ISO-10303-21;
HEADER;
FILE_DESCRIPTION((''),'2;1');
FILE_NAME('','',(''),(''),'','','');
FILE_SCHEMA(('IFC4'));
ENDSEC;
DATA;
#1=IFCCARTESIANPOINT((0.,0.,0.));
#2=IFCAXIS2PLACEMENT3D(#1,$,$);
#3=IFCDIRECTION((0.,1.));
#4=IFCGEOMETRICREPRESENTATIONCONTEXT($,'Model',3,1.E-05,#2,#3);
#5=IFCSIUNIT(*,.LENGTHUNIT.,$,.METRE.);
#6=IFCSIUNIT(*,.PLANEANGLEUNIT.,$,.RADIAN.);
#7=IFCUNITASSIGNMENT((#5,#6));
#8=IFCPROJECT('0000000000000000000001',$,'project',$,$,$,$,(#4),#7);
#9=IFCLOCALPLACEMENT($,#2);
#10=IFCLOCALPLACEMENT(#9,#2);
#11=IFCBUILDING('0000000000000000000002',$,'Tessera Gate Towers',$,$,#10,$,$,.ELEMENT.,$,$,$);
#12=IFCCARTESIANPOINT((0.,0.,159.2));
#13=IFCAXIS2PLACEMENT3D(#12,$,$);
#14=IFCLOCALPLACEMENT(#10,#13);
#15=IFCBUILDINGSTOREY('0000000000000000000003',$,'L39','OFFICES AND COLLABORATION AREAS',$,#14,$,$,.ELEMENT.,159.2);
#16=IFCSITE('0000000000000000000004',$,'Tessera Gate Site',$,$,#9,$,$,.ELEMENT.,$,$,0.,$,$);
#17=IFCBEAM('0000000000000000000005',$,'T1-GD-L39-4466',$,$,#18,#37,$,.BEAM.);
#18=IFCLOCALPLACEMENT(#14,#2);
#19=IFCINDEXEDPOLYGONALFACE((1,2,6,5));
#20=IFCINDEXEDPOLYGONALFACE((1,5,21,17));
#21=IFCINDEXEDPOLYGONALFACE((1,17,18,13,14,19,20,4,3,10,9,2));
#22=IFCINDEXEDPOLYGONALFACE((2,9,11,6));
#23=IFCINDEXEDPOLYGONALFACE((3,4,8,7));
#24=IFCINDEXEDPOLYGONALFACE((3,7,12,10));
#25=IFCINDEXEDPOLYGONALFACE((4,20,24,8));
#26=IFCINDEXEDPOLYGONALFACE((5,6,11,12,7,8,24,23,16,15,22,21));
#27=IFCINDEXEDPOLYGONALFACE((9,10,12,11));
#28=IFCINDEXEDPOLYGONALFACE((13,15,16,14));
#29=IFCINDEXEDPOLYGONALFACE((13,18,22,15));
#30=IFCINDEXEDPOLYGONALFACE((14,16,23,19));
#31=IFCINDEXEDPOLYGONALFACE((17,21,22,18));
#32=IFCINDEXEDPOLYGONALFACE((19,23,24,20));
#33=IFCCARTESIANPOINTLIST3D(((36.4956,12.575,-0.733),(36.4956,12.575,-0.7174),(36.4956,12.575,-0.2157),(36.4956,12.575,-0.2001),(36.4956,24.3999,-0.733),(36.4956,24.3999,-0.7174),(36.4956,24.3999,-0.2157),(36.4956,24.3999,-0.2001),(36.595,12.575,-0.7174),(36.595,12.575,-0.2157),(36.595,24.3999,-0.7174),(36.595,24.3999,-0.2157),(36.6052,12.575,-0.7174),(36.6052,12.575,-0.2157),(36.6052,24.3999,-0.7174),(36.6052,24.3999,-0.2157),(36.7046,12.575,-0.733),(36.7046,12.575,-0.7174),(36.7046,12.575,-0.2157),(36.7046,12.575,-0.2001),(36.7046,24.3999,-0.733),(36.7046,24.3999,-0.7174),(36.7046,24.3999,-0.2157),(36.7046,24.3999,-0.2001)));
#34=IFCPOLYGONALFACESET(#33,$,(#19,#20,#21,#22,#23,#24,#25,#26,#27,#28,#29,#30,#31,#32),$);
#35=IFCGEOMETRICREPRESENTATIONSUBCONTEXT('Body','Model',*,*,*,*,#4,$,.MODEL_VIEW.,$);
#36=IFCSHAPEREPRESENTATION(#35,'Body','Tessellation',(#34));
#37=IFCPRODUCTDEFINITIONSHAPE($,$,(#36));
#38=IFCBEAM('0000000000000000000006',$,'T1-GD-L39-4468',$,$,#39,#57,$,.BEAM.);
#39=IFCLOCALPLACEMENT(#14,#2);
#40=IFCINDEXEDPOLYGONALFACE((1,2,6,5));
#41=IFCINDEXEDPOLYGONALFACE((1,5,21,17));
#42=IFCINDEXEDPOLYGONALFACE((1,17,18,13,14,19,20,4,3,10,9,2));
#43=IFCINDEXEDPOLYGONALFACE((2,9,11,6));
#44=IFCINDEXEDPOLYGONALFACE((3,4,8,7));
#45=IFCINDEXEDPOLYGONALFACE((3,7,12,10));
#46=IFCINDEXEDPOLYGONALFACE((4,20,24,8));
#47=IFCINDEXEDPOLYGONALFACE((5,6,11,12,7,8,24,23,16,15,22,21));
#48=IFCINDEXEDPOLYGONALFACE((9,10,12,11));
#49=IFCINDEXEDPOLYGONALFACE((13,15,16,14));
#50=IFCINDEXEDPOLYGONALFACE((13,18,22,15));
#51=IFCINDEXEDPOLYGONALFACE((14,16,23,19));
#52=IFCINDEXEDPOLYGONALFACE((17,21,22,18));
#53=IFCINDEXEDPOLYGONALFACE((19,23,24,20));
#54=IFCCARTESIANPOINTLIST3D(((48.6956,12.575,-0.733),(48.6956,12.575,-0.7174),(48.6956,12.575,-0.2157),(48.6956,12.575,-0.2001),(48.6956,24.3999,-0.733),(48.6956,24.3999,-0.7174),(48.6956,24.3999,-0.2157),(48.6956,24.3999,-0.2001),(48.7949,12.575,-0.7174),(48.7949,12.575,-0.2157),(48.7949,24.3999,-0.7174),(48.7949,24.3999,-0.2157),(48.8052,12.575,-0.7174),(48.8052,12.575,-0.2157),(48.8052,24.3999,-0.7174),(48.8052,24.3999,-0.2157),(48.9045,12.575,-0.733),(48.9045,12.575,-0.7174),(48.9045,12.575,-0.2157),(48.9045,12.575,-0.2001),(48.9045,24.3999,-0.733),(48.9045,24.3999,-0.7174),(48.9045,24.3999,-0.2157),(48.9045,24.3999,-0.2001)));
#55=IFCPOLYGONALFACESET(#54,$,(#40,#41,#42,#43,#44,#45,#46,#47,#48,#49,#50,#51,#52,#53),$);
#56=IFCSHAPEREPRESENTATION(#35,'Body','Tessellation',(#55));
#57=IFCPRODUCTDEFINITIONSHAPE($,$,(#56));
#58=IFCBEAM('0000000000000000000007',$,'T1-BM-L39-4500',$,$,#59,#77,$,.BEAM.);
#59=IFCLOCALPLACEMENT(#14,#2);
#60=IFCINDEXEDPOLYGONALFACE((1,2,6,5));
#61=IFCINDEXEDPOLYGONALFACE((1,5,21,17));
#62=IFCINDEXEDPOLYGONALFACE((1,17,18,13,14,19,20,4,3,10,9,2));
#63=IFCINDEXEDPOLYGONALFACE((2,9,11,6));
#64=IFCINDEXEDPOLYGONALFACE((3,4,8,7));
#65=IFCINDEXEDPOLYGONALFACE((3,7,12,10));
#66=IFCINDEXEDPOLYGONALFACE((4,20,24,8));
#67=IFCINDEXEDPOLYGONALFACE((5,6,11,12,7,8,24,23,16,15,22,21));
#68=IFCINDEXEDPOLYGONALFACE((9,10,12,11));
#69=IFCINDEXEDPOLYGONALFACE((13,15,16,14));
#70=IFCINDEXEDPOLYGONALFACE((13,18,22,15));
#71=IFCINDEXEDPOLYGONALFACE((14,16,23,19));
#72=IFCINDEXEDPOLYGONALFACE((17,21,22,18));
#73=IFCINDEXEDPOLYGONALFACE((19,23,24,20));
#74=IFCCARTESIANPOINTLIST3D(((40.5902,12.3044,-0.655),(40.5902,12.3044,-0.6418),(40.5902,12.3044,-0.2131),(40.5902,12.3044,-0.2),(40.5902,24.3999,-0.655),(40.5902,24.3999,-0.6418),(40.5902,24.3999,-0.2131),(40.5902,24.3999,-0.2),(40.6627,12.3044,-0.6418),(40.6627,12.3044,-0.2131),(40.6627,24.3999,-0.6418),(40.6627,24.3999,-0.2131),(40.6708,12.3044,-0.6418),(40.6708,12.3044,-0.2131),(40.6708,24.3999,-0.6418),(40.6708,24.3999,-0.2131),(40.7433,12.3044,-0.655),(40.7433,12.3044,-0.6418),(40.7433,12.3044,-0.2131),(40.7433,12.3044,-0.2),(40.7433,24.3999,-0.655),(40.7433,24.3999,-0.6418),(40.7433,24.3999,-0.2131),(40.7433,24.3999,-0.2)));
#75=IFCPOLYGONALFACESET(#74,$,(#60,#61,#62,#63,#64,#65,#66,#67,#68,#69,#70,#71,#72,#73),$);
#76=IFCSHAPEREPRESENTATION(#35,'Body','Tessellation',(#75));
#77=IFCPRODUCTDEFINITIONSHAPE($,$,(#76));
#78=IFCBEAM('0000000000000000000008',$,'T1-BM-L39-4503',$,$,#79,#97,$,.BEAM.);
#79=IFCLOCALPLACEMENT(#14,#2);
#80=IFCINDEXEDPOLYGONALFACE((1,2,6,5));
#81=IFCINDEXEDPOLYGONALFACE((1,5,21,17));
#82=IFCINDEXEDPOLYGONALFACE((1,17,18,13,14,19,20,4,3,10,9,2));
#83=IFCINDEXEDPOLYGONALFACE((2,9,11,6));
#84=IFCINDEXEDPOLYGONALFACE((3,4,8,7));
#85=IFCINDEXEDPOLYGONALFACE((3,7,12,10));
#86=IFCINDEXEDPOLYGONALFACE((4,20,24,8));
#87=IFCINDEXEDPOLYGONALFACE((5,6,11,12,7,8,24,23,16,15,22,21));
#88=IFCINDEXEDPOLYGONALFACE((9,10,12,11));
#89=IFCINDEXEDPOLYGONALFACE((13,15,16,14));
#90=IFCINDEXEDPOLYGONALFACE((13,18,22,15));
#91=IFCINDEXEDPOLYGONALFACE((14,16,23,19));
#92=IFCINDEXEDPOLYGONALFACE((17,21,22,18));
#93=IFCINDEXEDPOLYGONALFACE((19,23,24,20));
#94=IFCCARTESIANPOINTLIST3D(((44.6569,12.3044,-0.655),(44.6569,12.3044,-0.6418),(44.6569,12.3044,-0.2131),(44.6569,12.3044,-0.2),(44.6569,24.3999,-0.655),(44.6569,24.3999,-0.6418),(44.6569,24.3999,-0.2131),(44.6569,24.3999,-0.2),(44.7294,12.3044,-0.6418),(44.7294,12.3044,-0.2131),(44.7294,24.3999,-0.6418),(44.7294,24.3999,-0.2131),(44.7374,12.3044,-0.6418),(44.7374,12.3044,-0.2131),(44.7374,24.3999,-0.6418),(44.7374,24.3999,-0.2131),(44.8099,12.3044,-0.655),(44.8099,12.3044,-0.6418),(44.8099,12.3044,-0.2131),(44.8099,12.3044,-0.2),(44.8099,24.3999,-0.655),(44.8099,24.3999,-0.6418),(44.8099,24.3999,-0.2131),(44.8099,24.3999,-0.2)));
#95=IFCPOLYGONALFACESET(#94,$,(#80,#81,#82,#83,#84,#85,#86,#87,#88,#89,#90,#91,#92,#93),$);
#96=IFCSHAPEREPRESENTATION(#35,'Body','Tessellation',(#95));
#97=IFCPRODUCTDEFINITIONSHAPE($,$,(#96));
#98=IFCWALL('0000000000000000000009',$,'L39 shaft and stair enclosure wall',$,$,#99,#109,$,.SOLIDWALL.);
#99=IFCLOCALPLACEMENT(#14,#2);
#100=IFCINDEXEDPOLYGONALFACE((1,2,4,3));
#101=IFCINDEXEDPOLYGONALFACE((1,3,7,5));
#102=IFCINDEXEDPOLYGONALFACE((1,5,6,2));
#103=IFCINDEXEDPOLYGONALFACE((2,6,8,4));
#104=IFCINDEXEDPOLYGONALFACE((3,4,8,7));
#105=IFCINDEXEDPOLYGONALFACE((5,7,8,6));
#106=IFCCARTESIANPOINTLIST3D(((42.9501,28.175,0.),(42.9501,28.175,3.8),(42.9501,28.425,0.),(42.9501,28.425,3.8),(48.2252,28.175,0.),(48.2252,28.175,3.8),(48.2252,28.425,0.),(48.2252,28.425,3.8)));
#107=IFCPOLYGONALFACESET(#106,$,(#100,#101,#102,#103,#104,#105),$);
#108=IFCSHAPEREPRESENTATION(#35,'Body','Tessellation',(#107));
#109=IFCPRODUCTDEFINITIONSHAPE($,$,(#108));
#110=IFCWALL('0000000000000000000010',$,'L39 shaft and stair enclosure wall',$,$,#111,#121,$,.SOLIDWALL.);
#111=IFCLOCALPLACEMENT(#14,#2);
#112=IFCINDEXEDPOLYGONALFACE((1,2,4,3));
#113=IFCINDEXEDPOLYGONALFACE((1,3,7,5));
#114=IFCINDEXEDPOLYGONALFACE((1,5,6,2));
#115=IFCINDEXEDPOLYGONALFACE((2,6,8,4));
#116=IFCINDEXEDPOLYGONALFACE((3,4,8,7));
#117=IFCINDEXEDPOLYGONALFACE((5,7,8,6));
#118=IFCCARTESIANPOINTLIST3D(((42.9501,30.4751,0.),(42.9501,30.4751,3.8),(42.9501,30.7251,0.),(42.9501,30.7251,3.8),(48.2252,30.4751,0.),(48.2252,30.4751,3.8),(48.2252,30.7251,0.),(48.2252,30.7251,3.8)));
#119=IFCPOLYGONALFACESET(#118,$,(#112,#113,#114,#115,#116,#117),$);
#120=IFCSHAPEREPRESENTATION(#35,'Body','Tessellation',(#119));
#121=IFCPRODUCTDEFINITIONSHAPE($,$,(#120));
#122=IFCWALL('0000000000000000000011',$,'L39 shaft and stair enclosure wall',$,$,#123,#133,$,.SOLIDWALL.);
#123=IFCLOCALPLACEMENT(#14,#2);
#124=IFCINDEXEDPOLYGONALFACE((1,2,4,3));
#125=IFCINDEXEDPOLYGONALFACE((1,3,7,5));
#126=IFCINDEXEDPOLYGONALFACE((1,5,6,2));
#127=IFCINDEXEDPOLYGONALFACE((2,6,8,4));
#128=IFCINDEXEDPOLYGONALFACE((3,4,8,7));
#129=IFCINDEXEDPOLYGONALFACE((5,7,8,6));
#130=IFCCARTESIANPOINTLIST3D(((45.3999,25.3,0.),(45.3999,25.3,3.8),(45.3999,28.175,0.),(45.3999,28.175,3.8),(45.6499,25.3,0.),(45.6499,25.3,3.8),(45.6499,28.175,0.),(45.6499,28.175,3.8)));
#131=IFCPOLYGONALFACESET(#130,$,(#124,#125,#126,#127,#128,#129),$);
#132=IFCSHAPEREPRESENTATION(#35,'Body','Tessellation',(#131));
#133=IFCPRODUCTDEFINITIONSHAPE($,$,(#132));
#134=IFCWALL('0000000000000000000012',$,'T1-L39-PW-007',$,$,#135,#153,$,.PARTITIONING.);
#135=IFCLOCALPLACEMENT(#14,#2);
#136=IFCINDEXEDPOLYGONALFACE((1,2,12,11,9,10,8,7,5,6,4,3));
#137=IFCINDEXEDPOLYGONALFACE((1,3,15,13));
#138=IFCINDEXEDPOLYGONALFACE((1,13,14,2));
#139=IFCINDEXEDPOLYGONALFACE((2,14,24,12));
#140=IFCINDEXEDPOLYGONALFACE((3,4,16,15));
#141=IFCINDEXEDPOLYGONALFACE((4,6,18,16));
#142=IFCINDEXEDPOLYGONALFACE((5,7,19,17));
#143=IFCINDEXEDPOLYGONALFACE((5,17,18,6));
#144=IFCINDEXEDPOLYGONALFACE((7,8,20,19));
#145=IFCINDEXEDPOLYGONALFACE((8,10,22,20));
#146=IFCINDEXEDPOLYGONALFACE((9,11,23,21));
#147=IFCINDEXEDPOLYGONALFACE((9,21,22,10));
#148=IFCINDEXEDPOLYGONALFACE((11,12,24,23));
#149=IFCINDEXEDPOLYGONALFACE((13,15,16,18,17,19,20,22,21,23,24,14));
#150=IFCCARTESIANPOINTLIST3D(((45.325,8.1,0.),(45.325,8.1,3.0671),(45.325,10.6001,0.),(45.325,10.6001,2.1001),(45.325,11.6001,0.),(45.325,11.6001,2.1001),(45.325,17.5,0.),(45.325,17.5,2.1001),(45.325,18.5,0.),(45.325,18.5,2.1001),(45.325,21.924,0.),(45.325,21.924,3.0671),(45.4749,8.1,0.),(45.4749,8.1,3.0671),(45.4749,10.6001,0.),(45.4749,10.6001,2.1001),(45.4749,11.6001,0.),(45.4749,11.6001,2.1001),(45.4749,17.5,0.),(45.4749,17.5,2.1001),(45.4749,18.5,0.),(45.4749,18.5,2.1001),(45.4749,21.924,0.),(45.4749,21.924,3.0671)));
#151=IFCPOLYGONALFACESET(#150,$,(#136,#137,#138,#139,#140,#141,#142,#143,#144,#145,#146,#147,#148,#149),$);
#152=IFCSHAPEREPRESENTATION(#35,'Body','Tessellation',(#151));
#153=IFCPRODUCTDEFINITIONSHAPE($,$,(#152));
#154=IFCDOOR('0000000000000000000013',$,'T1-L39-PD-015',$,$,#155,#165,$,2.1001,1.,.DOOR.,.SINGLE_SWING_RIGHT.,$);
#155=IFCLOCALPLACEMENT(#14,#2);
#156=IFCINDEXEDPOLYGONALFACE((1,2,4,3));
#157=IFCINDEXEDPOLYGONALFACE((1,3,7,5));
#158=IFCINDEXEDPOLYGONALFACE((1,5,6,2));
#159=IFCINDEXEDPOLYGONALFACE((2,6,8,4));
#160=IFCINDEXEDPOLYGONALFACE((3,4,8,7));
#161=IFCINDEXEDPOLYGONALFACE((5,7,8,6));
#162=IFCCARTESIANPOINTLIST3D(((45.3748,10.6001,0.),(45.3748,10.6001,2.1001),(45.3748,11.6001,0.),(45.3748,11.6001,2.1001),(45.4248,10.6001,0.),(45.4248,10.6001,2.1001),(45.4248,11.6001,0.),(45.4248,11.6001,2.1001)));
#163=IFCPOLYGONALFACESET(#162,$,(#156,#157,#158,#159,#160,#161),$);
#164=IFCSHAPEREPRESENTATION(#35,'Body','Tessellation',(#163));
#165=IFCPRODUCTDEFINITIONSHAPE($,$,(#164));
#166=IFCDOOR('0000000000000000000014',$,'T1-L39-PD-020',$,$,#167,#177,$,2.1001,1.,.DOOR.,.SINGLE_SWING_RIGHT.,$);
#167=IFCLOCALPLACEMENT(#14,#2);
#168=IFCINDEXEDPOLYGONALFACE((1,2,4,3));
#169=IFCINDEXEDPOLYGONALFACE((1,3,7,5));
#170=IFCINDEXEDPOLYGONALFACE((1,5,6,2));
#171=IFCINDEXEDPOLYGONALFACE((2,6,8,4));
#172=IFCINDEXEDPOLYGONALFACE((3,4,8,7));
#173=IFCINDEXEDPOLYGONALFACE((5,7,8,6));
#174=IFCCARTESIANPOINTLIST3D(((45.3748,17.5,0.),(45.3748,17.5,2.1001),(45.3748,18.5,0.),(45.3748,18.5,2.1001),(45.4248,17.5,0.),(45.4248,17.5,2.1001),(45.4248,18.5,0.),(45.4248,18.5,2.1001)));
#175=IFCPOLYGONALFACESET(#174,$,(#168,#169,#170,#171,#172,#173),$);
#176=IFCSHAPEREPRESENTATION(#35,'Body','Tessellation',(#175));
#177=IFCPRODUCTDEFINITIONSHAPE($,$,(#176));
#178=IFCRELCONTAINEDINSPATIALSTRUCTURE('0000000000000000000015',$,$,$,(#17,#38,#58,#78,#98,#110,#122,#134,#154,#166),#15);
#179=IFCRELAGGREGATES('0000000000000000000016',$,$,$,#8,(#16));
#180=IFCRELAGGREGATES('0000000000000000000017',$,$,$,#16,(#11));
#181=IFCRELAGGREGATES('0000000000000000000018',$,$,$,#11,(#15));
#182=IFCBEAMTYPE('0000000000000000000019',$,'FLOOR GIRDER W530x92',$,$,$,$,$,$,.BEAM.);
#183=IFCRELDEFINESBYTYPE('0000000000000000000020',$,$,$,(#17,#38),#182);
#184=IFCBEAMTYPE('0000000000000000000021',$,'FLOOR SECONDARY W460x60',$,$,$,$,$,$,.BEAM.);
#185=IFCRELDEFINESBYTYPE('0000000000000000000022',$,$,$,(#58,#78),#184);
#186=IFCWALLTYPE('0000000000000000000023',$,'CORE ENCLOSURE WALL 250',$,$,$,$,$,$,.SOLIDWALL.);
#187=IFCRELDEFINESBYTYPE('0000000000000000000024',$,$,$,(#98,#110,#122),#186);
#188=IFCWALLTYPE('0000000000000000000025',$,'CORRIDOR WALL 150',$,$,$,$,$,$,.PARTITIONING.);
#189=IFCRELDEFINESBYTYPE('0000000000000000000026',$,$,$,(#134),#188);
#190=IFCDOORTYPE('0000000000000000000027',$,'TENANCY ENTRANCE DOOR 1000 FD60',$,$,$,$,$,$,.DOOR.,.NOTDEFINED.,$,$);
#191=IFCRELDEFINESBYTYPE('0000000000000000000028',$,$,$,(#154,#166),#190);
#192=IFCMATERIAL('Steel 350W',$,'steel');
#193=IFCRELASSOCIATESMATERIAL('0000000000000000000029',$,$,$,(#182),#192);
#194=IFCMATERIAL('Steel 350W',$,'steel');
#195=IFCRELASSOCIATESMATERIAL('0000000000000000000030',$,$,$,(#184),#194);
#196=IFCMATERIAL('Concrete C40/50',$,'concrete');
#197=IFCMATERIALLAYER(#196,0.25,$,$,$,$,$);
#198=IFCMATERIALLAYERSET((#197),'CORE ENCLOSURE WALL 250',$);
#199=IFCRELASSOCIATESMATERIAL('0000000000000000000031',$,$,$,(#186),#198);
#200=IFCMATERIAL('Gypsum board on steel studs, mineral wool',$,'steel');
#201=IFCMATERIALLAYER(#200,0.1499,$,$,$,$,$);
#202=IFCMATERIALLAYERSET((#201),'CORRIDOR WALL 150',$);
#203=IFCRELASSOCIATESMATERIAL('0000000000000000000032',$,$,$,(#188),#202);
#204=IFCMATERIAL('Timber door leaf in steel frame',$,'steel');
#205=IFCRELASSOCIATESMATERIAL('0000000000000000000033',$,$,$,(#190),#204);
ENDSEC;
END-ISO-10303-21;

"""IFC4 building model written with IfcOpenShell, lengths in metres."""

from ifc_helpers import new_model, si_unit, direction, frame, frame_2d, origin, origin_2d, place, context, subcontext, project, spatial, rectangle, i_section, extrude, source, transform, mapped, material, layer, layer_set, material_profile, profile_set, type_object, element, fill, save


model = new_model("IFC4")

# Units and contexts
model_context = context("Model", 3, precision=1e-05, world=origin(), true_north=direction((0.0, 1.0)))
body_context = subcontext(model_context, "Body", "Model", "MODEL_VIEW")
ifc_project = project(units=[si_unit("LENGTHUNIT", "METRE"), si_unit("PLANEANGLEUNIT", "RADIAN")], contexts=[model_context])

# Site, building, storey
site_placement = place(None, origin())
site = spatial("IfcSite", under=ifc_project, at=site_placement, Name="Tessera Gate Site", CompositionType="ELEMENT", RefElevation=0.0)
building_placement = place(site_placement, origin())
building = spatial("IfcBuilding", under=site, at=building_placement, Name="Tessera Gate Towers", CompositionType="ELEMENT")
storey_placement = place(building_placement, frame((0.0, 0.0, 159.2)))
storey = spatial("IfcBuildingStorey", under=building, at=storey_placement, Name="L39", Description="OFFICES AND COLLABORATION AREAS", CompositionType="ELEMENT", Elevation=159.2)

# Beams
ifc_material_1 = material(Name="Steel 350W", Category="steel")
ifc_material_profile_1 = material_profile(ifc_material_1, i_section(OverallWidth=0.209, OverallDepth=0.533, WebThickness=0.0103, FlangeThickness=0.0156, at=origin_2d()), Name="W530x92")
ifc_profile_set_1 = profile_set([ifc_material_profile_1], Name="Steel 350W")
beam_type_1 = type_object("IfcBeamType", Name="FLOOR GIRDER W530x92", PredefinedType="BEAM", material=ifc_profile_set_1)
for number, where, z_axis, x_axis, name in (
    (1, (36.6001, 12.575, -0.4666), (0.0, 1.0, 0.0), (-1.0, 0.0, 0.0), "T1-GD-L39-4466"),
    (2, (48.8, 12.575, -0.4666), (0.0, 1.0, 0.0), (-1.0, 0.0, 0.0), "T1-GD-L39-4468"),
):
    element("IfcBeam", number, at=place(storey_placement, frame(where, z_axis=z_axis, x_axis=x_axis)), inside=storey, type_object=beam_type_1, Name=name, PredefinedType="BEAM", context=body_context, shape_type="SweptSolid", body=[
        extrude(i_section(OverallWidth=0.209, OverallDepth=0.533, WebThickness=0.0103, FlangeThickness=0.0156, at=origin_2d()), origin(), (0.0, 0.0, 1.0), 11.825),
    ])
ifc_material_2 = material(Name="Steel 350W", Category="steel")
ifc_material_profile_2 = material_profile(ifc_material_2, i_section(OverallWidth=0.1531, OverallDepth=0.4551, WebThickness=0.0081, FlangeThickness=0.0132, at=origin_2d()), Name="W460x60")
ifc_profile_set_2 = profile_set([ifc_material_profile_2], Name="Steel 350W")
beam_type_2 = type_object("IfcBeamType", Name="FLOOR SECONDARY W460x60", PredefinedType="BEAM", material=ifc_profile_set_2)
for number, where, z_axis, x_axis, name in (
    (3, (40.6667, 12.3044, -0.4275), (0.0, 1.0, 0.0), (-1.0, 0.0, 0.0), "T1-BM-L39-4500"),
    (4, (44.7334, 12.3044, -0.4275), (0.0, 1.0, 0.0), (-1.0, 0.0, 0.0), "T1-BM-L39-4503"),
):
    element("IfcBeam", number, at=place(storey_placement, frame(where, z_axis=z_axis, x_axis=x_axis)), inside=storey, type_object=beam_type_2, Name=name, PredefinedType="BEAM", context=body_context, shape_type="SweptSolid", body=[
        extrude(i_section(OverallWidth=0.1531, OverallDepth=0.4551, WebThickness=0.0081, FlangeThickness=0.0132, at=origin_2d()), origin(), (0.0, 0.0, 1.0), 12.0955),
    ])

# Walls
ifc_material_3 = material(Name="Concrete C40/50", Category="concrete")
ifc_layer_1 = layer(ifc_material_3, 0.25)
ifc_layer_set_1 = layer_set([ifc_layer_1], Name="CORE ENCLOSURE WALL 250")
wall_type_1 = type_object("IfcWallType", Name="CORE ENCLOSURE WALL 250", PredefinedType="SOLIDWALL", material=ifc_layer_set_1)
for number, where, z_axis, x_axis, name in (
    (5, (42.95, 28.3, 0.0), (0.0, 0.0, 1.0), (1.0, 0.0, 0.0), "L39 shaft and stair enclosure wall"),
    (6, (42.95, 30.6001, 0.0), (0.0, 0.0, 1.0), (1.0, 0.0, 0.0), "L39 shaft and stair enclosure wall"),
):
    element("IfcWall", number, at=place(storey_placement, frame(where, z_axis=z_axis, x_axis=x_axis)), inside=storey, type_object=wall_type_1, Name=name, PredefinedType="SOLIDWALL", context=body_context, shape_type="SweptSolid", body=[
        extrude(rectangle(XDim=5.2751, YDim=0.25, at=frame_2d((2.6377, 0.0))), origin(), (0.0, 0.0, 1.0), 3.8),
    ])
wall_1_placement = place(storey_placement, frame((45.5249, 25.3, 0.0), z_axis=(0.0, 0.0, 1.0), x_axis=(0.0, 1.0, 0.0)))
element("IfcWall", 7, at=wall_1_placement, inside=storey, type_object=wall_type_1, Name="L39 shaft and stair enclosure wall", PredefinedType="SOLIDWALL", context=body_context, shape_type="SweptSolid", body=[
    extrude(rectangle(XDim=2.875, YDim=0.25, at=frame_2d((1.4375, 0.0))), origin(), (0.0, 0.0, 1.0), 3.8),
])

# Wall, openings, doors
ifc_material_4 = material(Name="Gypsum board on steel studs, mineral wool", Category="steel")
ifc_layer_2 = layer(ifc_material_4, 0.1499)
ifc_layer_set_2 = layer_set([ifc_layer_2], Name="CORRIDOR WALL 150")
wall_type_2 = type_object("IfcWallType", Name="CORRIDOR WALL 150", PredefinedType="PARTITIONING", material=ifc_layer_set_2)
wall_2_placement = place(storey_placement, frame((45.3999, 21.9241, 0.0), z_axis=(0.0, 0.0, 1.0), x_axis=(0.0, -1.0, 0.0)))
wall_2 = element("IfcWall", 8, at=wall_2_placement, inside=storey, type_object=wall_type_2, Name="T1-L39-PW-007", PredefinedType="PARTITIONING", context=body_context, shape_type="SweptSolid", body=[
    extrude(rectangle(XDim=13.824, YDim=0.1499, at=frame_2d((6.9121, 0.0))), origin(), (0.0, 0.0, 1.0), 3.0671),
])
shared_shape_1 = source(origin(), body_context, "Body", "SweptSolid", [
    extrude(rectangle(XDim=1.0, YDim=2.1001, at=frame_2d((0.5, 1.05))), frame((0.0, 0.085, 0.0), z_axis=(0.0, -1.0, 0.0), x_axis=(1.0, 0.0, 0.0)), (0.0, 0.0, 1.0), 0.1699),
])
opening_1_placement = place(wall_2_placement, frame((10.324, 0.0, 0.0)))
opening_1 = element("IfcOpeningElement", 9, at=opening_1_placement, cuts=wall_2, PredefinedType="OPENING", context=body_context, shape_type="MappedRepresentation", body=[
    mapped(shared_shape_1, transform((0.0, 0.0, 0.0), scale=1.0)),
])
opening_2_placement = place(wall_2_placement, frame((3.4241, 0.0, 0.0)))
opening_2 = element("IfcOpeningElement", 10, at=opening_2_placement, cuts=wall_2, PredefinedType="OPENING", context=body_context, shape_type="MappedRepresentation", body=[
    mapped(shared_shape_1, transform((0.0, 0.0, 0.0), scale=1.0)),
])
ifc_material_5 = material(Name="Timber door leaf in steel frame", Category="steel")
door_type_1 = type_object("IfcDoorType", Name="TENANCY ENTRANCE DOOR 1000 FD60", OperationType="NOTDEFINED", PredefinedType="DOOR", material=ifc_material_5)
shared_shape_2 = source(origin(), body_context, "Body", "SweptSolid", [
    extrude(rectangle(XDim=1.0, YDim=2.1001, at=frame_2d((0.5, 1.05))), frame((0.0, 0.0249, 0.0), z_axis=(0.0, -1.0, 0.0), x_axis=(1.0, 0.0, 0.0)), (0.0, 0.0, 1.0), 0.05),
])
door_1_placement = place(opening_1_placement, origin())
door_1 = element("IfcDoor", 11, at=door_1_placement, inside=storey, type_object=door_type_1, Name="T1-L39-PD-015", OperationType="SINGLE_SWING_RIGHT", OverallHeight=2.1001, OverallWidth=1.0, PredefinedType="DOOR", context=body_context, shape_type="MappedRepresentation", body=[
    mapped(shared_shape_2, transform((0.0, 0.0, 0.0), scale=1.0)),
])
fill(opening_1, door_1)
door_2_placement = place(opening_2_placement, origin())
door_2 = element("IfcDoor", 12, at=door_2_placement, inside=storey, type_object=door_type_1, Name="T1-L39-PD-020", OperationType="SINGLE_SWING_RIGHT", OverallHeight=2.1001, OverallWidth=1.0, PredefinedType="DOOR", context=body_context, shape_type="MappedRepresentation", body=[
    mapped(shared_shape_2, transform((0.0, 0.0, 0.0), scale=1.0)),
])
fill(opening_2, door_2)

save(model, "model.ifc")
